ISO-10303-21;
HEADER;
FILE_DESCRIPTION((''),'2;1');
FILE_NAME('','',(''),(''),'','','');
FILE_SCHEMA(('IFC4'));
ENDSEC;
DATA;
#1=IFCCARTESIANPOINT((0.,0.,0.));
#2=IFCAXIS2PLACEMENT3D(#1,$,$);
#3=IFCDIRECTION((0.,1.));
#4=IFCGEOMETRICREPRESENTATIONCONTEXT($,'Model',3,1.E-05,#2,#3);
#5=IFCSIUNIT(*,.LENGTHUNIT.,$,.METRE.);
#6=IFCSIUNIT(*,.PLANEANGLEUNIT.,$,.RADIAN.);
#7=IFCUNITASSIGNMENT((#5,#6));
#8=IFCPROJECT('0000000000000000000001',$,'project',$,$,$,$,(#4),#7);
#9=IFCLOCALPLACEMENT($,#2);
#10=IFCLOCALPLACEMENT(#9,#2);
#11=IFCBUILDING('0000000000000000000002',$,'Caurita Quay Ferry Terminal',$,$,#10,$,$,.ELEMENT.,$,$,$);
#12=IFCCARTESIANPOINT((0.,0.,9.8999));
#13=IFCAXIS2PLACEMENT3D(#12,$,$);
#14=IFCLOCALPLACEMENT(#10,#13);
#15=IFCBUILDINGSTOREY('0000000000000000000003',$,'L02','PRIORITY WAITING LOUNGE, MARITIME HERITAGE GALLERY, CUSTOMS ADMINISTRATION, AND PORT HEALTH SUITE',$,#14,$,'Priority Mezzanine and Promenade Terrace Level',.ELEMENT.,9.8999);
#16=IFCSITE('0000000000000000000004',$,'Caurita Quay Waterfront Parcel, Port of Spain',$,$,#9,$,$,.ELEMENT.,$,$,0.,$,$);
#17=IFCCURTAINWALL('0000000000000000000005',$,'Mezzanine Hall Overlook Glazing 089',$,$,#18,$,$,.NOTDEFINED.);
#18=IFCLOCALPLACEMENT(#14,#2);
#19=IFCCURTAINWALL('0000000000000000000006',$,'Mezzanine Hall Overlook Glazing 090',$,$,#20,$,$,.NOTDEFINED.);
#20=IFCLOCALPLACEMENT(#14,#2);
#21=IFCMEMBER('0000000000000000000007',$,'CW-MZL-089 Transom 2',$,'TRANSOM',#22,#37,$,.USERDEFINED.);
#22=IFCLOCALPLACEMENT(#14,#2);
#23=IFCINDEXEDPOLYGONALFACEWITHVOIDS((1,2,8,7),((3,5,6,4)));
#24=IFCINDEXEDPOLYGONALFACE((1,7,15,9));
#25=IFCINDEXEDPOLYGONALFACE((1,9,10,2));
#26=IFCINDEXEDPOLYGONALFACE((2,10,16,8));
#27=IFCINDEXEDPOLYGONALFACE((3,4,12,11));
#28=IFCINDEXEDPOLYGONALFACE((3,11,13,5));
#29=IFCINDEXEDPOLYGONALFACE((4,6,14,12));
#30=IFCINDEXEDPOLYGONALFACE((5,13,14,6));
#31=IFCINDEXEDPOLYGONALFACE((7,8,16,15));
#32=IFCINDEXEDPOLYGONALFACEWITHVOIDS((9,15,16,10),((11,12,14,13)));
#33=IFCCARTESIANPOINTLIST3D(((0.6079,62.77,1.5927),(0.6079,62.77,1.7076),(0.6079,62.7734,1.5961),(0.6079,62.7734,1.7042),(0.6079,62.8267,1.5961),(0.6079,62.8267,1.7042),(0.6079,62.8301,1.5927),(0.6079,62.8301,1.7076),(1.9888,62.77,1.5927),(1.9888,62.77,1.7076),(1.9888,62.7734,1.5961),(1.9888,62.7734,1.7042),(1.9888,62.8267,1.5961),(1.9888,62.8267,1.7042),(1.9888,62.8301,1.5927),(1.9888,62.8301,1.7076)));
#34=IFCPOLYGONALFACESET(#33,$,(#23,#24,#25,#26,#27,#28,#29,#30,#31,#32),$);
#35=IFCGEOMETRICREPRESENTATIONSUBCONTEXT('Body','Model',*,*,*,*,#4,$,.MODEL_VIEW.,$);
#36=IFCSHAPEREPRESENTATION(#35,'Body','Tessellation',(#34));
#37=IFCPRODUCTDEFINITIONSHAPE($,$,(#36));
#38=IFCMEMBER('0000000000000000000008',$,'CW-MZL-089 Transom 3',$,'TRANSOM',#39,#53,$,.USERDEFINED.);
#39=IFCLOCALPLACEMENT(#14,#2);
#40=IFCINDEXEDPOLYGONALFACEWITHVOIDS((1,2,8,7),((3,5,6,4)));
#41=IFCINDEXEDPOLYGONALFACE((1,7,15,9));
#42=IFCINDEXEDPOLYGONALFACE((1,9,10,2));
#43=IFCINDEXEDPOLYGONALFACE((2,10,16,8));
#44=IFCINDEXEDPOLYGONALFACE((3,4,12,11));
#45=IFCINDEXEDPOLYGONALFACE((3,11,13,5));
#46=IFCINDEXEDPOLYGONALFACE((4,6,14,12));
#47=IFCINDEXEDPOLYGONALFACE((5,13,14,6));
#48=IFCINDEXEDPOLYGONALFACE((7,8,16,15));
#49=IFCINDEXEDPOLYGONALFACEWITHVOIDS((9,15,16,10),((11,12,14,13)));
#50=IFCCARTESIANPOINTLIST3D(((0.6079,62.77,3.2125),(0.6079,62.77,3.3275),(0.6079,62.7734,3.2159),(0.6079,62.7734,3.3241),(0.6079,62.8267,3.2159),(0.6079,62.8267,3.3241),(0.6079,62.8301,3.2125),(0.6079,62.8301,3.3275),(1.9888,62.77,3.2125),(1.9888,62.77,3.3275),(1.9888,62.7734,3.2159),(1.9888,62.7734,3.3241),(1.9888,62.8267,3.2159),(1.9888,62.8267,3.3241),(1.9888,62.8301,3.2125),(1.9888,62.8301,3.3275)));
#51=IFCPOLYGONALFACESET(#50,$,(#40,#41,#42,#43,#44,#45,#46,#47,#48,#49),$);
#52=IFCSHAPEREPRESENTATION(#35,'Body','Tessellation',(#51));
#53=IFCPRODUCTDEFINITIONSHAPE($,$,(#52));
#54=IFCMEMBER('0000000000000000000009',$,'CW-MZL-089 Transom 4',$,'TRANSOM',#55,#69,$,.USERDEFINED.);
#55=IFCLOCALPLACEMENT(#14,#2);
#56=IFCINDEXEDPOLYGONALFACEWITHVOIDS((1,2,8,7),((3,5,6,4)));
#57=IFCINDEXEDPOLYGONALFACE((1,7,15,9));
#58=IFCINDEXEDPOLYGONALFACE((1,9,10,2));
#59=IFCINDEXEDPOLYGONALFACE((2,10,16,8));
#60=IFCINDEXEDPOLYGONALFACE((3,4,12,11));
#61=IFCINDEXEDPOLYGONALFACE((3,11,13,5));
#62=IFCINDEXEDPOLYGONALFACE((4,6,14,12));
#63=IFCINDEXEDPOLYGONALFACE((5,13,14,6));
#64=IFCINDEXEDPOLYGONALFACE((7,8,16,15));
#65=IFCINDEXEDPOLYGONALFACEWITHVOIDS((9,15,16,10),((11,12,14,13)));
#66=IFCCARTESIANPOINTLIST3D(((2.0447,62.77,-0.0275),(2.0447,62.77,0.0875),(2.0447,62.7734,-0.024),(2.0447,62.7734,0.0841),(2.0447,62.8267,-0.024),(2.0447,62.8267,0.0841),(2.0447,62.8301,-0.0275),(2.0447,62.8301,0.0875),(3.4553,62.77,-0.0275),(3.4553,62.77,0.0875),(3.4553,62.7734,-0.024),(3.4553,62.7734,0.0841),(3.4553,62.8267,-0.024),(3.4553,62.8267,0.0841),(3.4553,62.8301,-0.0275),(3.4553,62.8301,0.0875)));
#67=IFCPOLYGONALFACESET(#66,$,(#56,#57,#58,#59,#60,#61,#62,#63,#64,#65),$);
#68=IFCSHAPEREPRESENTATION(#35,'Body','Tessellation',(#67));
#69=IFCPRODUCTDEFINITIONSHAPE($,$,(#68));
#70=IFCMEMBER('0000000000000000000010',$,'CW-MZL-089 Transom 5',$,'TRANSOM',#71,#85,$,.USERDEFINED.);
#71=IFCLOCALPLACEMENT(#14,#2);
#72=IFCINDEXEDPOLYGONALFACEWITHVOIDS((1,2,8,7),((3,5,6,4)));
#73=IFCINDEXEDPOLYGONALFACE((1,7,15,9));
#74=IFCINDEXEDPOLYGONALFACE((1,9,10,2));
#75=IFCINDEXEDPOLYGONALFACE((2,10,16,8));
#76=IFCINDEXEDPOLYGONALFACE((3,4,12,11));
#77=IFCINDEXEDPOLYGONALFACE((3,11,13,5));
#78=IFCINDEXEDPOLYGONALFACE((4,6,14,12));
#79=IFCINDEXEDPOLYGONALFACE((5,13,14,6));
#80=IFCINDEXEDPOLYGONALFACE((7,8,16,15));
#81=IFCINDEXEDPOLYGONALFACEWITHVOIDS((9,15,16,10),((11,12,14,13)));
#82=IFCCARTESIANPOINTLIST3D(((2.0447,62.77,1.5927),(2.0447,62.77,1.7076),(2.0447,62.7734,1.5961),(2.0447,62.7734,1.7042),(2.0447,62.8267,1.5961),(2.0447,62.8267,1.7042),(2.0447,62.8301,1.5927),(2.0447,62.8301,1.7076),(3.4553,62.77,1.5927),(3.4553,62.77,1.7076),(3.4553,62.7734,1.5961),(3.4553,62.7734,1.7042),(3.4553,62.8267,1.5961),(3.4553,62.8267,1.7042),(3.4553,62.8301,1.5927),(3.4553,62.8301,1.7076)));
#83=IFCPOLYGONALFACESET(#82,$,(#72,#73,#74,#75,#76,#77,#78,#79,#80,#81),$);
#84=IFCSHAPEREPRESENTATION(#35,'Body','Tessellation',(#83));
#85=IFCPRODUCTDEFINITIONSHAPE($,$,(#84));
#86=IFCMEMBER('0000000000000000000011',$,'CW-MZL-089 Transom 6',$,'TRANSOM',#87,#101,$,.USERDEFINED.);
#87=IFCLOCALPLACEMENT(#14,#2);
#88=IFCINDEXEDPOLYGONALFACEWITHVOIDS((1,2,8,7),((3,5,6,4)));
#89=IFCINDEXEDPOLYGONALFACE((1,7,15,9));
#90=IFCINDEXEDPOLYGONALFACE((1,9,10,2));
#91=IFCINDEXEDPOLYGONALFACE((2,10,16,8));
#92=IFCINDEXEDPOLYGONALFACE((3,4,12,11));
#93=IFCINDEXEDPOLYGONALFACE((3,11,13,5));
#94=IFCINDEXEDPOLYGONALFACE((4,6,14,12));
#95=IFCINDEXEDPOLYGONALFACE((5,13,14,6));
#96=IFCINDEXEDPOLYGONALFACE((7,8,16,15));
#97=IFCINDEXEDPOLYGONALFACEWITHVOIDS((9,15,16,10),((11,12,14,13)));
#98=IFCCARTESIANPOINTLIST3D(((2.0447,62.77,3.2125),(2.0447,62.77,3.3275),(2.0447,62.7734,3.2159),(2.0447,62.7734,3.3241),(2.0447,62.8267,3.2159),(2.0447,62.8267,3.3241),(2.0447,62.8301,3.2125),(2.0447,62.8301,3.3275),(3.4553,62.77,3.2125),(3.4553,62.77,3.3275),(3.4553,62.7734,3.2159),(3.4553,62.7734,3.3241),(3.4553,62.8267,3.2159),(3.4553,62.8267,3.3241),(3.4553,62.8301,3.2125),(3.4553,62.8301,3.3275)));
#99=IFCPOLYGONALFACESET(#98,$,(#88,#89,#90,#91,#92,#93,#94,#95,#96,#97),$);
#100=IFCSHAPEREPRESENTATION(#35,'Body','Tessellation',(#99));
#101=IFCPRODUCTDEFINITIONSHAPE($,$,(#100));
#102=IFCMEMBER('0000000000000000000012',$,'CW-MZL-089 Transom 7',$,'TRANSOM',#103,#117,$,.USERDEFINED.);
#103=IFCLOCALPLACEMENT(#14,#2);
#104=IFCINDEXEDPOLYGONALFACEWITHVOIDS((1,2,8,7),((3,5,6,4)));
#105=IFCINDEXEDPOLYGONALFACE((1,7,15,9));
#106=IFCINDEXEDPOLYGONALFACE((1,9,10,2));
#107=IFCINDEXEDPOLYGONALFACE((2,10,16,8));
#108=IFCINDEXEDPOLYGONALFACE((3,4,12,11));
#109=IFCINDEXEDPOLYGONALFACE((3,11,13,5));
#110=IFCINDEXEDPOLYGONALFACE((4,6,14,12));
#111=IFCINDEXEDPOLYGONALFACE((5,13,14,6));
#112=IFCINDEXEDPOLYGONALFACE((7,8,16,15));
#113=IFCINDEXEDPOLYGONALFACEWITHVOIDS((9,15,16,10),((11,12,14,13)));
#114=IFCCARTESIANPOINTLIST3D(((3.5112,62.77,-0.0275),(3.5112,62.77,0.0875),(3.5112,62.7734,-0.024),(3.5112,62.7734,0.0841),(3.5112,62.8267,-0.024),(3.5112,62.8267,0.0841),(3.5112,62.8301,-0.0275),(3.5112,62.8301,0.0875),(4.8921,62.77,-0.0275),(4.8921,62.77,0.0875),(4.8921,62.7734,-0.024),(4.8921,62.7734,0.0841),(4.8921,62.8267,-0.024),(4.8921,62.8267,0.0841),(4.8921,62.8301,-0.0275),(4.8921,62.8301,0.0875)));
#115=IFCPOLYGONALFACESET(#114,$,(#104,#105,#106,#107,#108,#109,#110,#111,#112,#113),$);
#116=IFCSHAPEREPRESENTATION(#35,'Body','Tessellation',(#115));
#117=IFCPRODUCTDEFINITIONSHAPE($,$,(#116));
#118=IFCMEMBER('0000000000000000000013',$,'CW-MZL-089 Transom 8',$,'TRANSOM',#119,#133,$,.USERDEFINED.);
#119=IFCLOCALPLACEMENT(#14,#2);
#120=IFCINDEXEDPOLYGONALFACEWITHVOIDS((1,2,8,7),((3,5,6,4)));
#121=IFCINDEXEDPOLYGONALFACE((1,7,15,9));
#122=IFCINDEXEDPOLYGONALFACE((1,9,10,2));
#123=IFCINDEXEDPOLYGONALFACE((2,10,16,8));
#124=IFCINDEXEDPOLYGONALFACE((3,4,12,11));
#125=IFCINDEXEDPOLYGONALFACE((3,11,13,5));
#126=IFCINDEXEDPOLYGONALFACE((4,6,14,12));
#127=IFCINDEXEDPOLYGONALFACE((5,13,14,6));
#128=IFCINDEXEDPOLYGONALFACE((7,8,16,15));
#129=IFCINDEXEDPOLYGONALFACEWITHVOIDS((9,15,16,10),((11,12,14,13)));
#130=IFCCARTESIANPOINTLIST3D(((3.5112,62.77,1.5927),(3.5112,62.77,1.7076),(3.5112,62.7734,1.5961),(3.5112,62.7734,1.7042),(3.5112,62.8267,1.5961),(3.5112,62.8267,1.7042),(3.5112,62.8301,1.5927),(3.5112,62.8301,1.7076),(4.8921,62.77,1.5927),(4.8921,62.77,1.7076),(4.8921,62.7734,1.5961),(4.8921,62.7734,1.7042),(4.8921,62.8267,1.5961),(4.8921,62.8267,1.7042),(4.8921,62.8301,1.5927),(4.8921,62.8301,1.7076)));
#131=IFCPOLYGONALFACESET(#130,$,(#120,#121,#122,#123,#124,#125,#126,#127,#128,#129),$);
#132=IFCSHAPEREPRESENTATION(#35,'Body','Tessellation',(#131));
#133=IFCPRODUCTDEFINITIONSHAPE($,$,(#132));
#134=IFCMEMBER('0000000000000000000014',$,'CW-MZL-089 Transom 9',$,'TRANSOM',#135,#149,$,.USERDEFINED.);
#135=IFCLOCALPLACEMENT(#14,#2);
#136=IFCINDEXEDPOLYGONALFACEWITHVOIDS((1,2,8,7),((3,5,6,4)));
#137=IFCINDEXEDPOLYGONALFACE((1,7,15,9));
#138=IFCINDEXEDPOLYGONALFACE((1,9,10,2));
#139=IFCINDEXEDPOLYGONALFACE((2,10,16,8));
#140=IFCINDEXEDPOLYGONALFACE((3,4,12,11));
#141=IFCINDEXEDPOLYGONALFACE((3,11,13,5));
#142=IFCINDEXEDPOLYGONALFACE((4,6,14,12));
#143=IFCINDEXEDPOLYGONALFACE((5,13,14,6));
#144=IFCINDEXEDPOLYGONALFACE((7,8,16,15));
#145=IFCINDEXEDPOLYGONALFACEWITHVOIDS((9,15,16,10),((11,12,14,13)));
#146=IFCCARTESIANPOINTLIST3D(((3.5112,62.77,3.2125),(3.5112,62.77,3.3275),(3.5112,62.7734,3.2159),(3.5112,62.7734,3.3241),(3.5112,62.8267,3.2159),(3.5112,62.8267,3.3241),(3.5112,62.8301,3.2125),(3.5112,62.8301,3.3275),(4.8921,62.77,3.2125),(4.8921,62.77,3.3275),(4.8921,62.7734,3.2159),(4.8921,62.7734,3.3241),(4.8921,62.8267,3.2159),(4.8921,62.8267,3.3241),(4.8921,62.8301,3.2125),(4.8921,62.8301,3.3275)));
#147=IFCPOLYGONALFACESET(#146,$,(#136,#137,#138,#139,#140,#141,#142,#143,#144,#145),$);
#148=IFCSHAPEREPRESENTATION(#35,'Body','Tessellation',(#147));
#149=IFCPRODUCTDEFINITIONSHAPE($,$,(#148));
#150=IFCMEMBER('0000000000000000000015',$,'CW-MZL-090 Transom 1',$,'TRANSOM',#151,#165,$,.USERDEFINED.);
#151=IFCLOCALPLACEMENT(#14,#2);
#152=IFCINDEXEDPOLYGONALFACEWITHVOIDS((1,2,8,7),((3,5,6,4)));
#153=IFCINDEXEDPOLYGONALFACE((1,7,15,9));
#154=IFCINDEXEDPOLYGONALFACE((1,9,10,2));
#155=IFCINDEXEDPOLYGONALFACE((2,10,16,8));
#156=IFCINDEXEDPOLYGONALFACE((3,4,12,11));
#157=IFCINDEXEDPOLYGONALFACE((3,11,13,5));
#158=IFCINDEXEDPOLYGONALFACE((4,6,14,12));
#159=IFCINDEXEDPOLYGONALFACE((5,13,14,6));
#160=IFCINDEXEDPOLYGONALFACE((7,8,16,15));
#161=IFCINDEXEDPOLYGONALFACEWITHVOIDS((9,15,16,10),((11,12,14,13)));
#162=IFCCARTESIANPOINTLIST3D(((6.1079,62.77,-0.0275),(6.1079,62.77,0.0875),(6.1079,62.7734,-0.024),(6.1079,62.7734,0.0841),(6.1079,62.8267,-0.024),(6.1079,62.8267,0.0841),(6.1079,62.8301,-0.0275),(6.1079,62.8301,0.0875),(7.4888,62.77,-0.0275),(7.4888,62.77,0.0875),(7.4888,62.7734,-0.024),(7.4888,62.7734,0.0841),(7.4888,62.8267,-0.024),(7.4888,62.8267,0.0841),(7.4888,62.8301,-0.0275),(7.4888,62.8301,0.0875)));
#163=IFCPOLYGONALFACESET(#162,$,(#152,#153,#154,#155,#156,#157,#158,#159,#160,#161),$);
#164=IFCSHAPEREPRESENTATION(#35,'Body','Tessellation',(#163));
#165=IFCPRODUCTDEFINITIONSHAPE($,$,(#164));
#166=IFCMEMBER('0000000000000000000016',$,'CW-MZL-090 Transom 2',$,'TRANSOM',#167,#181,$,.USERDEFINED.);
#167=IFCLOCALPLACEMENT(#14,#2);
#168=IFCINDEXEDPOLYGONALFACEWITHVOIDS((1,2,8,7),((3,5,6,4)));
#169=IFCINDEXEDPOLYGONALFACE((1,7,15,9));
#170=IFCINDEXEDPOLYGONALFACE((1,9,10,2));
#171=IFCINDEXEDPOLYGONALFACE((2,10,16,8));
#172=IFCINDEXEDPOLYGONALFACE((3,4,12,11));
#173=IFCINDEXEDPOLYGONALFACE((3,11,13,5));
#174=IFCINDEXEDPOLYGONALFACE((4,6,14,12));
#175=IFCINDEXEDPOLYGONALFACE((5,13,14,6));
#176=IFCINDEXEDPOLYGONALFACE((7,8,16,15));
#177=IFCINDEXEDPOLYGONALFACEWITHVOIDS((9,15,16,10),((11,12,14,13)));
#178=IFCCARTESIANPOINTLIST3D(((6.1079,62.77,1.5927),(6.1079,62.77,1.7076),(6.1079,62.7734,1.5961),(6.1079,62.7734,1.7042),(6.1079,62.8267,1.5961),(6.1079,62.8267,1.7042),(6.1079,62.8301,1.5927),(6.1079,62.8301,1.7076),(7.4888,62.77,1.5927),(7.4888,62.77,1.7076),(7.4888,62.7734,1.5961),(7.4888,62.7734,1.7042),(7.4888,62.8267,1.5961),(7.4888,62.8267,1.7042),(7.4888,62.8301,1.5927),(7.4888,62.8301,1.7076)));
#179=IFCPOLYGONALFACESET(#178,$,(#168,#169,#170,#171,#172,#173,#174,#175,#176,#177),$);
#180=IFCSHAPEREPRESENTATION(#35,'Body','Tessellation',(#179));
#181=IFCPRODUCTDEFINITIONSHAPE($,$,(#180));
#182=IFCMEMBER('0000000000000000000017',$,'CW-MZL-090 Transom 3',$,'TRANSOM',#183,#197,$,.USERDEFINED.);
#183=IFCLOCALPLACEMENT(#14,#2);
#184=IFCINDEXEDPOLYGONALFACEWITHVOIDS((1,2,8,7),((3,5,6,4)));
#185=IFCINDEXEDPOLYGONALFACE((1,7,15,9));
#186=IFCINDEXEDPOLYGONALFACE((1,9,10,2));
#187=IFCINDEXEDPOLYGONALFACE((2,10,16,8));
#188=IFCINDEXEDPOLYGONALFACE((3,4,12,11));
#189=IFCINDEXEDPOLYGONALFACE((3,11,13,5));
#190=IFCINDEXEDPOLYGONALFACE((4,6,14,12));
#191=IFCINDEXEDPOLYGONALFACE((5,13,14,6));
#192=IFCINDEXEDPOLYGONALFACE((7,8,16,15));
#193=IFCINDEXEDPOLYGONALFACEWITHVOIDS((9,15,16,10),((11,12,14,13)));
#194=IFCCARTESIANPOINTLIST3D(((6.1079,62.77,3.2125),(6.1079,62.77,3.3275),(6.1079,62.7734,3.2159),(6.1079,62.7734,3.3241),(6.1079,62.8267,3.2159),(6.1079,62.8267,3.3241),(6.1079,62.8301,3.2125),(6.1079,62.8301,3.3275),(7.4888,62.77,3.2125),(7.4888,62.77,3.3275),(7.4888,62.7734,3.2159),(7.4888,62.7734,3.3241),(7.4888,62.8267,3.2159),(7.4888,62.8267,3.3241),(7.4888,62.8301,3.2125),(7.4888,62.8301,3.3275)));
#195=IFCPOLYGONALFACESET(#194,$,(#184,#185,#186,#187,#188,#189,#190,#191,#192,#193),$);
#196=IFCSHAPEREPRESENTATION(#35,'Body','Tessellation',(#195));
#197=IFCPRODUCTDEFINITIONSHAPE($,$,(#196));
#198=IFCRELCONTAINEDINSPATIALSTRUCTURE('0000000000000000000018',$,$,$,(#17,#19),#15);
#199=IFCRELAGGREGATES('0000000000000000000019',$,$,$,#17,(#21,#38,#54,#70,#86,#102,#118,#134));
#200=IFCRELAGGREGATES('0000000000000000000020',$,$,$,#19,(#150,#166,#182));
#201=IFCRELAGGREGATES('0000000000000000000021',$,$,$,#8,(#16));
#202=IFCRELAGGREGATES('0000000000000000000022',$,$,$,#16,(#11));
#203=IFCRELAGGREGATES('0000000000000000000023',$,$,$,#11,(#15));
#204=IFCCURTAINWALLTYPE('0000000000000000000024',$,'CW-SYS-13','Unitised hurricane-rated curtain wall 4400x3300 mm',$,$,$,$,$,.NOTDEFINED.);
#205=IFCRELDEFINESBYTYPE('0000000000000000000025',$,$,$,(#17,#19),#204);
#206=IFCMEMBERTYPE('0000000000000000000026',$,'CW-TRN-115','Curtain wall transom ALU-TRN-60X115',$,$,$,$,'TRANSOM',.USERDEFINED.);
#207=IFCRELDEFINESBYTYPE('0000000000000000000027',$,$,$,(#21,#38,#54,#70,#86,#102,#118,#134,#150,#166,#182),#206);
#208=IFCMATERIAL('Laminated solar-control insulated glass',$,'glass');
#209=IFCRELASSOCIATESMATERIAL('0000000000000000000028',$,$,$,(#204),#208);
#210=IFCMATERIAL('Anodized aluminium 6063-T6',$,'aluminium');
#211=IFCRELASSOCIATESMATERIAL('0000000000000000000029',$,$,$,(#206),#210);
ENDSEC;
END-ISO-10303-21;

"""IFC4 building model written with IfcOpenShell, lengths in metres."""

from ifc_helpers import new_model, si_unit, direction, frame, origin, origin_2d, place, context, subcontext, project, spatial, hollow_rectangle, extrude, material, material_profile, profile_set, type_object, element, aggregate, save


model = new_model("IFC4")

# Units and contexts
model_context = context("Model", 3, precision=1e-05, world=origin(), true_north=direction((0.0, 1.0)))
body_context = subcontext(model_context, "Body", "Model", "MODEL_VIEW")
ifc_project = project(units=[si_unit("LENGTHUNIT", "METRE"), si_unit("PLANEANGLEUNIT", "RADIAN")], contexts=[model_context])

# Site, building, storey
site_placement = place(None, origin())
site = spatial("IfcSite", under=ifc_project, at=site_placement, Name="Caurita Quay Waterfront Parcel, Port of Spain", CompositionType="ELEMENT", RefElevation=0.0)
building_placement = place(site_placement, origin())
building = spatial("IfcBuilding", under=site, at=building_placement, Name="Caurita Quay Ferry Terminal", CompositionType="ELEMENT")
storey_placement = place(building_placement, frame((0.0, 0.0, 9.8999)))
storey = spatial("IfcBuildingStorey", under=building, at=storey_placement, Name="L02", Description="PRIORITY WAITING LOUNGE, MARITIME HERITAGE GALLERY, CUSTOMS ADMINISTRATION, AND PORT HEALTH SUITE", LongName="Priority Mezzanine and Promenade Terrace Level", CompositionType="ELEMENT", Elevation=9.8999)

# Curtain wall
ifc_material_1 = material(Name="Laminated solar-control insulated glass", Category="glass")
curtain_wall_type_1 = type_object("IfcCurtainWallType", Name="CW-SYS-13", Description="Unitised hurricane-rated curtain wall 4400x3300 mm", PredefinedType="NOTDEFINED", material=ifc_material_1)
curtain_wall_1_placement = place(storey_placement, origin())
curtain_wall_1 = element("IfcCurtainWall", 1, at=curtain_wall_1_placement, inside=storey, type_object=curtain_wall_type_1, Name="Mezzanine Hall Overlook Glazing 089", PredefinedType="NOTDEFINED")
ifc_material_2 = material(Name="Anodized aluminium 6063-T6", Category="aluminium")

# Curtain wall
curtain_wall_2_placement = place(storey_placement, origin())
curtain_wall_2 = element("IfcCurtainWall", 2, at=curtain_wall_2_placement, inside=storey, type_object=curtain_wall_type_1, Name="Mezzanine Hall Overlook Glazing 090", PredefinedType="NOTDEFINED")

# Members
ifc_material_profile_1 = material_profile(ifc_material_2, hollow_rectangle(XDim=0.0601, YDim=0.115, WallThickness=0.0034, at=origin_2d()), Name="ALU-TRN-60X115")
ifc_profile_set_1 = profile_set([ifc_material_profile_1], Name="Anodized aluminium 6063-T6")
member_type_1 = type_object("IfcMemberType", Name="CW-TRN-115", Description="Curtain wall transom ALU-TRN-60X115", ElementType="TRANSOM", PredefinedType="USERDEFINED", material=ifc_profile_set_1)
member_1_placement = place(storey_placement, frame((0.6079, 62.8, 1.6501), z_axis=(1.0, 0.0, 0.0), x_axis=(0.0, 1.0, 0.0)))
member_1 = element("IfcMember", 3, at=member_1_placement, type_object=member_type_1, Name="CW-MZL-089 Transom 2", ObjectType="TRANSOM", PredefinedType="USERDEFINED", context=body_context, shape_type="SweptSolid", body=[
    extrude(hollow_rectangle(XDim=0.0601, YDim=0.115, WallThickness=0.0034, at=origin_2d()), origin(), (0.0, 0.0, 1.0), 1.3809),
])
member_2_placement = place(storey_placement, frame((0.6079, 62.8, 3.27), z_axis=(1.0, 0.0, 0.0), x_axis=(0.0, 1.0, 0.0)))
member_2 = element("IfcMember", 4, at=member_2_placement, type_object=member_type_1, Name="CW-MZL-089 Transom 3", ObjectType="TRANSOM", PredefinedType="USERDEFINED", context=body_context, shape_type="SweptSolid", body=[
    extrude(hollow_rectangle(XDim=0.0601, YDim=0.115, WallThickness=0.0034, at=origin_2d()), origin(), (0.0, 0.0, 1.0), 1.3809),
])
member_3_placement = place(storey_placement, frame((2.0447, 62.8, 0.03), z_axis=(1.0, 0.0, 0.0), x_axis=(0.0, 1.0, 0.0)))
member_3 = element("IfcMember", 5, at=member_3_placement, type_object=member_type_1, Name="CW-MZL-089 Transom 4", ObjectType="TRANSOM", PredefinedType="USERDEFINED", context=body_context, shape_type="SweptSolid", body=[
    extrude(hollow_rectangle(XDim=0.0601, YDim=0.115, WallThickness=0.0034, at=origin_2d()), origin(), (0.0, 0.0, 1.0), 1.4106),
])
member_4_placement = place(storey_placement, frame((2.0447, 62.8, 1.6501), z_axis=(1.0, 0.0, 0.0), x_axis=(0.0, 1.0, 0.0)))
member_4 = element("IfcMember", 6, at=member_4_placement, type_object=member_type_1, Name="CW-MZL-089 Transom 5", ObjectType="TRANSOM", PredefinedType="USERDEFINED", context=body_context, shape_type="SweptSolid", body=[
    extrude(hollow_rectangle(XDim=0.0601, YDim=0.115, WallThickness=0.0034, at=origin_2d()), origin(), (0.0, 0.0, 1.0), 1.4106),
])
member_5_placement = place(storey_placement, frame((2.0447, 62.8, 3.27), z_axis=(1.0, 0.0, 0.0), x_axis=(0.0, 1.0, 0.0)))
member_5 = element("IfcMember", 7, at=member_5_placement, type_object=member_type_1, Name="CW-MZL-089 Transom 6", ObjectType="TRANSOM", PredefinedType="USERDEFINED", context=body_context, shape_type="SweptSolid", body=[
    extrude(hollow_rectangle(XDim=0.0601, YDim=0.115, WallThickness=0.0034, at=origin_2d()), origin(), (0.0, 0.0, 1.0), 1.4106),
])
member_6_placement = place(storey_placement, frame((3.5112, 62.8, 0.03), z_axis=(1.0, 0.0, 0.0), x_axis=(0.0, 1.0, 0.0)))
member_6 = element("IfcMember", 8, at=member_6_placement, type_object=member_type_1, Name="CW-MZL-089 Transom 7", ObjectType="TRANSOM", PredefinedType="USERDEFINED", context=body_context, shape_type="SweptSolid", body=[
    extrude(hollow_rectangle(XDim=0.0601, YDim=0.115, WallThickness=0.0034, at=origin_2d()), origin(), (0.0, 0.0, 1.0), 1.3809),
])
member_7_placement = place(storey_placement, frame((3.5112, 62.8, 1.6501), z_axis=(1.0, 0.0, 0.0), x_axis=(0.0, 1.0, 0.0)))
member_7 = element("IfcMember", 9, at=member_7_placement, type_object=member_type_1, Name="CW-MZL-089 Transom 8", ObjectType="TRANSOM", PredefinedType="USERDEFINED", context=body_context, shape_type="SweptSolid", body=[
    extrude(hollow_rectangle(XDim=0.0601, YDim=0.115, WallThickness=0.0034, at=origin_2d()), origin(), (0.0, 0.0, 1.0), 1.3809),
])
member_8_placement = place(storey_placement, frame((3.5112, 62.8, 3.27), z_axis=(1.0, 0.0, 0.0), x_axis=(0.0, 1.0, 0.0)))
member_8 = element("IfcMember", 10, at=member_8_placement, type_object=member_type_1, Name="CW-MZL-089 Transom 9", ObjectType="TRANSOM", PredefinedType="USERDEFINED", context=body_context, shape_type="SweptSolid", body=[
    extrude(hollow_rectangle(XDim=0.0601, YDim=0.115, WallThickness=0.0034, at=origin_2d()), origin(), (0.0, 0.0, 1.0), 1.3809),
])
member_9_placement = place(storey_placement, frame((6.1079, 62.8, 0.03), z_axis=(1.0, 0.0, 0.0), x_axis=(0.0, 1.0, 0.0)))
member_9 = element("IfcMember", 11, at=member_9_placement, type_object=member_type_1, Name="CW-MZL-090 Transom 1", ObjectType="TRANSOM", PredefinedType="USERDEFINED", context=body_context, shape_type="SweptSolid", body=[
    extrude(hollow_rectangle(XDim=0.0601, YDim=0.115, WallThickness=0.0034, at=origin_2d()), origin(), (0.0, 0.0, 1.0), 1.3809),
])
member_10_placement = place(storey_placement, frame((6.1079, 62.8, 1.6501), z_axis=(1.0, 0.0, 0.0), x_axis=(0.0, 1.0, 0.0)))
member_10 = element("IfcMember", 12, at=member_10_placement, type_object=member_type_1, Name="CW-MZL-090 Transom 2", ObjectType="TRANSOM", PredefinedType="USERDEFINED", context=body_context, shape_type="SweptSolid", body=[
    extrude(hollow_rectangle(XDim=0.0601, YDim=0.115, WallThickness=0.0034, at=origin_2d()), origin(), (0.0, 0.0, 1.0), 1.3809),
])
member_11_placement = place(storey_placement, frame((6.1079, 62.8, 3.27), z_axis=(1.0, 0.0, 0.0), x_axis=(0.0, 1.0, 0.0)))
member_11 = element("IfcMember", 13, at=member_11_placement, type_object=member_type_1, Name="CW-MZL-090 Transom 3", ObjectType="TRANSOM", PredefinedType="USERDEFINED", context=body_context, shape_type="SweptSolid", body=[
    extrude(hollow_rectangle(XDim=0.0601, YDim=0.115, WallThickness=0.0034, at=origin_2d()), origin(), (0.0, 0.0, 1.0), 1.3809),
])

aggregate(curtain_wall_1, [member_1, member_2, member_3, member_4, member_5, member_6, member_7, member_8])
aggregate(curtain_wall_2, [member_9, member_10, member_11])

save(model, "model.ifc")
